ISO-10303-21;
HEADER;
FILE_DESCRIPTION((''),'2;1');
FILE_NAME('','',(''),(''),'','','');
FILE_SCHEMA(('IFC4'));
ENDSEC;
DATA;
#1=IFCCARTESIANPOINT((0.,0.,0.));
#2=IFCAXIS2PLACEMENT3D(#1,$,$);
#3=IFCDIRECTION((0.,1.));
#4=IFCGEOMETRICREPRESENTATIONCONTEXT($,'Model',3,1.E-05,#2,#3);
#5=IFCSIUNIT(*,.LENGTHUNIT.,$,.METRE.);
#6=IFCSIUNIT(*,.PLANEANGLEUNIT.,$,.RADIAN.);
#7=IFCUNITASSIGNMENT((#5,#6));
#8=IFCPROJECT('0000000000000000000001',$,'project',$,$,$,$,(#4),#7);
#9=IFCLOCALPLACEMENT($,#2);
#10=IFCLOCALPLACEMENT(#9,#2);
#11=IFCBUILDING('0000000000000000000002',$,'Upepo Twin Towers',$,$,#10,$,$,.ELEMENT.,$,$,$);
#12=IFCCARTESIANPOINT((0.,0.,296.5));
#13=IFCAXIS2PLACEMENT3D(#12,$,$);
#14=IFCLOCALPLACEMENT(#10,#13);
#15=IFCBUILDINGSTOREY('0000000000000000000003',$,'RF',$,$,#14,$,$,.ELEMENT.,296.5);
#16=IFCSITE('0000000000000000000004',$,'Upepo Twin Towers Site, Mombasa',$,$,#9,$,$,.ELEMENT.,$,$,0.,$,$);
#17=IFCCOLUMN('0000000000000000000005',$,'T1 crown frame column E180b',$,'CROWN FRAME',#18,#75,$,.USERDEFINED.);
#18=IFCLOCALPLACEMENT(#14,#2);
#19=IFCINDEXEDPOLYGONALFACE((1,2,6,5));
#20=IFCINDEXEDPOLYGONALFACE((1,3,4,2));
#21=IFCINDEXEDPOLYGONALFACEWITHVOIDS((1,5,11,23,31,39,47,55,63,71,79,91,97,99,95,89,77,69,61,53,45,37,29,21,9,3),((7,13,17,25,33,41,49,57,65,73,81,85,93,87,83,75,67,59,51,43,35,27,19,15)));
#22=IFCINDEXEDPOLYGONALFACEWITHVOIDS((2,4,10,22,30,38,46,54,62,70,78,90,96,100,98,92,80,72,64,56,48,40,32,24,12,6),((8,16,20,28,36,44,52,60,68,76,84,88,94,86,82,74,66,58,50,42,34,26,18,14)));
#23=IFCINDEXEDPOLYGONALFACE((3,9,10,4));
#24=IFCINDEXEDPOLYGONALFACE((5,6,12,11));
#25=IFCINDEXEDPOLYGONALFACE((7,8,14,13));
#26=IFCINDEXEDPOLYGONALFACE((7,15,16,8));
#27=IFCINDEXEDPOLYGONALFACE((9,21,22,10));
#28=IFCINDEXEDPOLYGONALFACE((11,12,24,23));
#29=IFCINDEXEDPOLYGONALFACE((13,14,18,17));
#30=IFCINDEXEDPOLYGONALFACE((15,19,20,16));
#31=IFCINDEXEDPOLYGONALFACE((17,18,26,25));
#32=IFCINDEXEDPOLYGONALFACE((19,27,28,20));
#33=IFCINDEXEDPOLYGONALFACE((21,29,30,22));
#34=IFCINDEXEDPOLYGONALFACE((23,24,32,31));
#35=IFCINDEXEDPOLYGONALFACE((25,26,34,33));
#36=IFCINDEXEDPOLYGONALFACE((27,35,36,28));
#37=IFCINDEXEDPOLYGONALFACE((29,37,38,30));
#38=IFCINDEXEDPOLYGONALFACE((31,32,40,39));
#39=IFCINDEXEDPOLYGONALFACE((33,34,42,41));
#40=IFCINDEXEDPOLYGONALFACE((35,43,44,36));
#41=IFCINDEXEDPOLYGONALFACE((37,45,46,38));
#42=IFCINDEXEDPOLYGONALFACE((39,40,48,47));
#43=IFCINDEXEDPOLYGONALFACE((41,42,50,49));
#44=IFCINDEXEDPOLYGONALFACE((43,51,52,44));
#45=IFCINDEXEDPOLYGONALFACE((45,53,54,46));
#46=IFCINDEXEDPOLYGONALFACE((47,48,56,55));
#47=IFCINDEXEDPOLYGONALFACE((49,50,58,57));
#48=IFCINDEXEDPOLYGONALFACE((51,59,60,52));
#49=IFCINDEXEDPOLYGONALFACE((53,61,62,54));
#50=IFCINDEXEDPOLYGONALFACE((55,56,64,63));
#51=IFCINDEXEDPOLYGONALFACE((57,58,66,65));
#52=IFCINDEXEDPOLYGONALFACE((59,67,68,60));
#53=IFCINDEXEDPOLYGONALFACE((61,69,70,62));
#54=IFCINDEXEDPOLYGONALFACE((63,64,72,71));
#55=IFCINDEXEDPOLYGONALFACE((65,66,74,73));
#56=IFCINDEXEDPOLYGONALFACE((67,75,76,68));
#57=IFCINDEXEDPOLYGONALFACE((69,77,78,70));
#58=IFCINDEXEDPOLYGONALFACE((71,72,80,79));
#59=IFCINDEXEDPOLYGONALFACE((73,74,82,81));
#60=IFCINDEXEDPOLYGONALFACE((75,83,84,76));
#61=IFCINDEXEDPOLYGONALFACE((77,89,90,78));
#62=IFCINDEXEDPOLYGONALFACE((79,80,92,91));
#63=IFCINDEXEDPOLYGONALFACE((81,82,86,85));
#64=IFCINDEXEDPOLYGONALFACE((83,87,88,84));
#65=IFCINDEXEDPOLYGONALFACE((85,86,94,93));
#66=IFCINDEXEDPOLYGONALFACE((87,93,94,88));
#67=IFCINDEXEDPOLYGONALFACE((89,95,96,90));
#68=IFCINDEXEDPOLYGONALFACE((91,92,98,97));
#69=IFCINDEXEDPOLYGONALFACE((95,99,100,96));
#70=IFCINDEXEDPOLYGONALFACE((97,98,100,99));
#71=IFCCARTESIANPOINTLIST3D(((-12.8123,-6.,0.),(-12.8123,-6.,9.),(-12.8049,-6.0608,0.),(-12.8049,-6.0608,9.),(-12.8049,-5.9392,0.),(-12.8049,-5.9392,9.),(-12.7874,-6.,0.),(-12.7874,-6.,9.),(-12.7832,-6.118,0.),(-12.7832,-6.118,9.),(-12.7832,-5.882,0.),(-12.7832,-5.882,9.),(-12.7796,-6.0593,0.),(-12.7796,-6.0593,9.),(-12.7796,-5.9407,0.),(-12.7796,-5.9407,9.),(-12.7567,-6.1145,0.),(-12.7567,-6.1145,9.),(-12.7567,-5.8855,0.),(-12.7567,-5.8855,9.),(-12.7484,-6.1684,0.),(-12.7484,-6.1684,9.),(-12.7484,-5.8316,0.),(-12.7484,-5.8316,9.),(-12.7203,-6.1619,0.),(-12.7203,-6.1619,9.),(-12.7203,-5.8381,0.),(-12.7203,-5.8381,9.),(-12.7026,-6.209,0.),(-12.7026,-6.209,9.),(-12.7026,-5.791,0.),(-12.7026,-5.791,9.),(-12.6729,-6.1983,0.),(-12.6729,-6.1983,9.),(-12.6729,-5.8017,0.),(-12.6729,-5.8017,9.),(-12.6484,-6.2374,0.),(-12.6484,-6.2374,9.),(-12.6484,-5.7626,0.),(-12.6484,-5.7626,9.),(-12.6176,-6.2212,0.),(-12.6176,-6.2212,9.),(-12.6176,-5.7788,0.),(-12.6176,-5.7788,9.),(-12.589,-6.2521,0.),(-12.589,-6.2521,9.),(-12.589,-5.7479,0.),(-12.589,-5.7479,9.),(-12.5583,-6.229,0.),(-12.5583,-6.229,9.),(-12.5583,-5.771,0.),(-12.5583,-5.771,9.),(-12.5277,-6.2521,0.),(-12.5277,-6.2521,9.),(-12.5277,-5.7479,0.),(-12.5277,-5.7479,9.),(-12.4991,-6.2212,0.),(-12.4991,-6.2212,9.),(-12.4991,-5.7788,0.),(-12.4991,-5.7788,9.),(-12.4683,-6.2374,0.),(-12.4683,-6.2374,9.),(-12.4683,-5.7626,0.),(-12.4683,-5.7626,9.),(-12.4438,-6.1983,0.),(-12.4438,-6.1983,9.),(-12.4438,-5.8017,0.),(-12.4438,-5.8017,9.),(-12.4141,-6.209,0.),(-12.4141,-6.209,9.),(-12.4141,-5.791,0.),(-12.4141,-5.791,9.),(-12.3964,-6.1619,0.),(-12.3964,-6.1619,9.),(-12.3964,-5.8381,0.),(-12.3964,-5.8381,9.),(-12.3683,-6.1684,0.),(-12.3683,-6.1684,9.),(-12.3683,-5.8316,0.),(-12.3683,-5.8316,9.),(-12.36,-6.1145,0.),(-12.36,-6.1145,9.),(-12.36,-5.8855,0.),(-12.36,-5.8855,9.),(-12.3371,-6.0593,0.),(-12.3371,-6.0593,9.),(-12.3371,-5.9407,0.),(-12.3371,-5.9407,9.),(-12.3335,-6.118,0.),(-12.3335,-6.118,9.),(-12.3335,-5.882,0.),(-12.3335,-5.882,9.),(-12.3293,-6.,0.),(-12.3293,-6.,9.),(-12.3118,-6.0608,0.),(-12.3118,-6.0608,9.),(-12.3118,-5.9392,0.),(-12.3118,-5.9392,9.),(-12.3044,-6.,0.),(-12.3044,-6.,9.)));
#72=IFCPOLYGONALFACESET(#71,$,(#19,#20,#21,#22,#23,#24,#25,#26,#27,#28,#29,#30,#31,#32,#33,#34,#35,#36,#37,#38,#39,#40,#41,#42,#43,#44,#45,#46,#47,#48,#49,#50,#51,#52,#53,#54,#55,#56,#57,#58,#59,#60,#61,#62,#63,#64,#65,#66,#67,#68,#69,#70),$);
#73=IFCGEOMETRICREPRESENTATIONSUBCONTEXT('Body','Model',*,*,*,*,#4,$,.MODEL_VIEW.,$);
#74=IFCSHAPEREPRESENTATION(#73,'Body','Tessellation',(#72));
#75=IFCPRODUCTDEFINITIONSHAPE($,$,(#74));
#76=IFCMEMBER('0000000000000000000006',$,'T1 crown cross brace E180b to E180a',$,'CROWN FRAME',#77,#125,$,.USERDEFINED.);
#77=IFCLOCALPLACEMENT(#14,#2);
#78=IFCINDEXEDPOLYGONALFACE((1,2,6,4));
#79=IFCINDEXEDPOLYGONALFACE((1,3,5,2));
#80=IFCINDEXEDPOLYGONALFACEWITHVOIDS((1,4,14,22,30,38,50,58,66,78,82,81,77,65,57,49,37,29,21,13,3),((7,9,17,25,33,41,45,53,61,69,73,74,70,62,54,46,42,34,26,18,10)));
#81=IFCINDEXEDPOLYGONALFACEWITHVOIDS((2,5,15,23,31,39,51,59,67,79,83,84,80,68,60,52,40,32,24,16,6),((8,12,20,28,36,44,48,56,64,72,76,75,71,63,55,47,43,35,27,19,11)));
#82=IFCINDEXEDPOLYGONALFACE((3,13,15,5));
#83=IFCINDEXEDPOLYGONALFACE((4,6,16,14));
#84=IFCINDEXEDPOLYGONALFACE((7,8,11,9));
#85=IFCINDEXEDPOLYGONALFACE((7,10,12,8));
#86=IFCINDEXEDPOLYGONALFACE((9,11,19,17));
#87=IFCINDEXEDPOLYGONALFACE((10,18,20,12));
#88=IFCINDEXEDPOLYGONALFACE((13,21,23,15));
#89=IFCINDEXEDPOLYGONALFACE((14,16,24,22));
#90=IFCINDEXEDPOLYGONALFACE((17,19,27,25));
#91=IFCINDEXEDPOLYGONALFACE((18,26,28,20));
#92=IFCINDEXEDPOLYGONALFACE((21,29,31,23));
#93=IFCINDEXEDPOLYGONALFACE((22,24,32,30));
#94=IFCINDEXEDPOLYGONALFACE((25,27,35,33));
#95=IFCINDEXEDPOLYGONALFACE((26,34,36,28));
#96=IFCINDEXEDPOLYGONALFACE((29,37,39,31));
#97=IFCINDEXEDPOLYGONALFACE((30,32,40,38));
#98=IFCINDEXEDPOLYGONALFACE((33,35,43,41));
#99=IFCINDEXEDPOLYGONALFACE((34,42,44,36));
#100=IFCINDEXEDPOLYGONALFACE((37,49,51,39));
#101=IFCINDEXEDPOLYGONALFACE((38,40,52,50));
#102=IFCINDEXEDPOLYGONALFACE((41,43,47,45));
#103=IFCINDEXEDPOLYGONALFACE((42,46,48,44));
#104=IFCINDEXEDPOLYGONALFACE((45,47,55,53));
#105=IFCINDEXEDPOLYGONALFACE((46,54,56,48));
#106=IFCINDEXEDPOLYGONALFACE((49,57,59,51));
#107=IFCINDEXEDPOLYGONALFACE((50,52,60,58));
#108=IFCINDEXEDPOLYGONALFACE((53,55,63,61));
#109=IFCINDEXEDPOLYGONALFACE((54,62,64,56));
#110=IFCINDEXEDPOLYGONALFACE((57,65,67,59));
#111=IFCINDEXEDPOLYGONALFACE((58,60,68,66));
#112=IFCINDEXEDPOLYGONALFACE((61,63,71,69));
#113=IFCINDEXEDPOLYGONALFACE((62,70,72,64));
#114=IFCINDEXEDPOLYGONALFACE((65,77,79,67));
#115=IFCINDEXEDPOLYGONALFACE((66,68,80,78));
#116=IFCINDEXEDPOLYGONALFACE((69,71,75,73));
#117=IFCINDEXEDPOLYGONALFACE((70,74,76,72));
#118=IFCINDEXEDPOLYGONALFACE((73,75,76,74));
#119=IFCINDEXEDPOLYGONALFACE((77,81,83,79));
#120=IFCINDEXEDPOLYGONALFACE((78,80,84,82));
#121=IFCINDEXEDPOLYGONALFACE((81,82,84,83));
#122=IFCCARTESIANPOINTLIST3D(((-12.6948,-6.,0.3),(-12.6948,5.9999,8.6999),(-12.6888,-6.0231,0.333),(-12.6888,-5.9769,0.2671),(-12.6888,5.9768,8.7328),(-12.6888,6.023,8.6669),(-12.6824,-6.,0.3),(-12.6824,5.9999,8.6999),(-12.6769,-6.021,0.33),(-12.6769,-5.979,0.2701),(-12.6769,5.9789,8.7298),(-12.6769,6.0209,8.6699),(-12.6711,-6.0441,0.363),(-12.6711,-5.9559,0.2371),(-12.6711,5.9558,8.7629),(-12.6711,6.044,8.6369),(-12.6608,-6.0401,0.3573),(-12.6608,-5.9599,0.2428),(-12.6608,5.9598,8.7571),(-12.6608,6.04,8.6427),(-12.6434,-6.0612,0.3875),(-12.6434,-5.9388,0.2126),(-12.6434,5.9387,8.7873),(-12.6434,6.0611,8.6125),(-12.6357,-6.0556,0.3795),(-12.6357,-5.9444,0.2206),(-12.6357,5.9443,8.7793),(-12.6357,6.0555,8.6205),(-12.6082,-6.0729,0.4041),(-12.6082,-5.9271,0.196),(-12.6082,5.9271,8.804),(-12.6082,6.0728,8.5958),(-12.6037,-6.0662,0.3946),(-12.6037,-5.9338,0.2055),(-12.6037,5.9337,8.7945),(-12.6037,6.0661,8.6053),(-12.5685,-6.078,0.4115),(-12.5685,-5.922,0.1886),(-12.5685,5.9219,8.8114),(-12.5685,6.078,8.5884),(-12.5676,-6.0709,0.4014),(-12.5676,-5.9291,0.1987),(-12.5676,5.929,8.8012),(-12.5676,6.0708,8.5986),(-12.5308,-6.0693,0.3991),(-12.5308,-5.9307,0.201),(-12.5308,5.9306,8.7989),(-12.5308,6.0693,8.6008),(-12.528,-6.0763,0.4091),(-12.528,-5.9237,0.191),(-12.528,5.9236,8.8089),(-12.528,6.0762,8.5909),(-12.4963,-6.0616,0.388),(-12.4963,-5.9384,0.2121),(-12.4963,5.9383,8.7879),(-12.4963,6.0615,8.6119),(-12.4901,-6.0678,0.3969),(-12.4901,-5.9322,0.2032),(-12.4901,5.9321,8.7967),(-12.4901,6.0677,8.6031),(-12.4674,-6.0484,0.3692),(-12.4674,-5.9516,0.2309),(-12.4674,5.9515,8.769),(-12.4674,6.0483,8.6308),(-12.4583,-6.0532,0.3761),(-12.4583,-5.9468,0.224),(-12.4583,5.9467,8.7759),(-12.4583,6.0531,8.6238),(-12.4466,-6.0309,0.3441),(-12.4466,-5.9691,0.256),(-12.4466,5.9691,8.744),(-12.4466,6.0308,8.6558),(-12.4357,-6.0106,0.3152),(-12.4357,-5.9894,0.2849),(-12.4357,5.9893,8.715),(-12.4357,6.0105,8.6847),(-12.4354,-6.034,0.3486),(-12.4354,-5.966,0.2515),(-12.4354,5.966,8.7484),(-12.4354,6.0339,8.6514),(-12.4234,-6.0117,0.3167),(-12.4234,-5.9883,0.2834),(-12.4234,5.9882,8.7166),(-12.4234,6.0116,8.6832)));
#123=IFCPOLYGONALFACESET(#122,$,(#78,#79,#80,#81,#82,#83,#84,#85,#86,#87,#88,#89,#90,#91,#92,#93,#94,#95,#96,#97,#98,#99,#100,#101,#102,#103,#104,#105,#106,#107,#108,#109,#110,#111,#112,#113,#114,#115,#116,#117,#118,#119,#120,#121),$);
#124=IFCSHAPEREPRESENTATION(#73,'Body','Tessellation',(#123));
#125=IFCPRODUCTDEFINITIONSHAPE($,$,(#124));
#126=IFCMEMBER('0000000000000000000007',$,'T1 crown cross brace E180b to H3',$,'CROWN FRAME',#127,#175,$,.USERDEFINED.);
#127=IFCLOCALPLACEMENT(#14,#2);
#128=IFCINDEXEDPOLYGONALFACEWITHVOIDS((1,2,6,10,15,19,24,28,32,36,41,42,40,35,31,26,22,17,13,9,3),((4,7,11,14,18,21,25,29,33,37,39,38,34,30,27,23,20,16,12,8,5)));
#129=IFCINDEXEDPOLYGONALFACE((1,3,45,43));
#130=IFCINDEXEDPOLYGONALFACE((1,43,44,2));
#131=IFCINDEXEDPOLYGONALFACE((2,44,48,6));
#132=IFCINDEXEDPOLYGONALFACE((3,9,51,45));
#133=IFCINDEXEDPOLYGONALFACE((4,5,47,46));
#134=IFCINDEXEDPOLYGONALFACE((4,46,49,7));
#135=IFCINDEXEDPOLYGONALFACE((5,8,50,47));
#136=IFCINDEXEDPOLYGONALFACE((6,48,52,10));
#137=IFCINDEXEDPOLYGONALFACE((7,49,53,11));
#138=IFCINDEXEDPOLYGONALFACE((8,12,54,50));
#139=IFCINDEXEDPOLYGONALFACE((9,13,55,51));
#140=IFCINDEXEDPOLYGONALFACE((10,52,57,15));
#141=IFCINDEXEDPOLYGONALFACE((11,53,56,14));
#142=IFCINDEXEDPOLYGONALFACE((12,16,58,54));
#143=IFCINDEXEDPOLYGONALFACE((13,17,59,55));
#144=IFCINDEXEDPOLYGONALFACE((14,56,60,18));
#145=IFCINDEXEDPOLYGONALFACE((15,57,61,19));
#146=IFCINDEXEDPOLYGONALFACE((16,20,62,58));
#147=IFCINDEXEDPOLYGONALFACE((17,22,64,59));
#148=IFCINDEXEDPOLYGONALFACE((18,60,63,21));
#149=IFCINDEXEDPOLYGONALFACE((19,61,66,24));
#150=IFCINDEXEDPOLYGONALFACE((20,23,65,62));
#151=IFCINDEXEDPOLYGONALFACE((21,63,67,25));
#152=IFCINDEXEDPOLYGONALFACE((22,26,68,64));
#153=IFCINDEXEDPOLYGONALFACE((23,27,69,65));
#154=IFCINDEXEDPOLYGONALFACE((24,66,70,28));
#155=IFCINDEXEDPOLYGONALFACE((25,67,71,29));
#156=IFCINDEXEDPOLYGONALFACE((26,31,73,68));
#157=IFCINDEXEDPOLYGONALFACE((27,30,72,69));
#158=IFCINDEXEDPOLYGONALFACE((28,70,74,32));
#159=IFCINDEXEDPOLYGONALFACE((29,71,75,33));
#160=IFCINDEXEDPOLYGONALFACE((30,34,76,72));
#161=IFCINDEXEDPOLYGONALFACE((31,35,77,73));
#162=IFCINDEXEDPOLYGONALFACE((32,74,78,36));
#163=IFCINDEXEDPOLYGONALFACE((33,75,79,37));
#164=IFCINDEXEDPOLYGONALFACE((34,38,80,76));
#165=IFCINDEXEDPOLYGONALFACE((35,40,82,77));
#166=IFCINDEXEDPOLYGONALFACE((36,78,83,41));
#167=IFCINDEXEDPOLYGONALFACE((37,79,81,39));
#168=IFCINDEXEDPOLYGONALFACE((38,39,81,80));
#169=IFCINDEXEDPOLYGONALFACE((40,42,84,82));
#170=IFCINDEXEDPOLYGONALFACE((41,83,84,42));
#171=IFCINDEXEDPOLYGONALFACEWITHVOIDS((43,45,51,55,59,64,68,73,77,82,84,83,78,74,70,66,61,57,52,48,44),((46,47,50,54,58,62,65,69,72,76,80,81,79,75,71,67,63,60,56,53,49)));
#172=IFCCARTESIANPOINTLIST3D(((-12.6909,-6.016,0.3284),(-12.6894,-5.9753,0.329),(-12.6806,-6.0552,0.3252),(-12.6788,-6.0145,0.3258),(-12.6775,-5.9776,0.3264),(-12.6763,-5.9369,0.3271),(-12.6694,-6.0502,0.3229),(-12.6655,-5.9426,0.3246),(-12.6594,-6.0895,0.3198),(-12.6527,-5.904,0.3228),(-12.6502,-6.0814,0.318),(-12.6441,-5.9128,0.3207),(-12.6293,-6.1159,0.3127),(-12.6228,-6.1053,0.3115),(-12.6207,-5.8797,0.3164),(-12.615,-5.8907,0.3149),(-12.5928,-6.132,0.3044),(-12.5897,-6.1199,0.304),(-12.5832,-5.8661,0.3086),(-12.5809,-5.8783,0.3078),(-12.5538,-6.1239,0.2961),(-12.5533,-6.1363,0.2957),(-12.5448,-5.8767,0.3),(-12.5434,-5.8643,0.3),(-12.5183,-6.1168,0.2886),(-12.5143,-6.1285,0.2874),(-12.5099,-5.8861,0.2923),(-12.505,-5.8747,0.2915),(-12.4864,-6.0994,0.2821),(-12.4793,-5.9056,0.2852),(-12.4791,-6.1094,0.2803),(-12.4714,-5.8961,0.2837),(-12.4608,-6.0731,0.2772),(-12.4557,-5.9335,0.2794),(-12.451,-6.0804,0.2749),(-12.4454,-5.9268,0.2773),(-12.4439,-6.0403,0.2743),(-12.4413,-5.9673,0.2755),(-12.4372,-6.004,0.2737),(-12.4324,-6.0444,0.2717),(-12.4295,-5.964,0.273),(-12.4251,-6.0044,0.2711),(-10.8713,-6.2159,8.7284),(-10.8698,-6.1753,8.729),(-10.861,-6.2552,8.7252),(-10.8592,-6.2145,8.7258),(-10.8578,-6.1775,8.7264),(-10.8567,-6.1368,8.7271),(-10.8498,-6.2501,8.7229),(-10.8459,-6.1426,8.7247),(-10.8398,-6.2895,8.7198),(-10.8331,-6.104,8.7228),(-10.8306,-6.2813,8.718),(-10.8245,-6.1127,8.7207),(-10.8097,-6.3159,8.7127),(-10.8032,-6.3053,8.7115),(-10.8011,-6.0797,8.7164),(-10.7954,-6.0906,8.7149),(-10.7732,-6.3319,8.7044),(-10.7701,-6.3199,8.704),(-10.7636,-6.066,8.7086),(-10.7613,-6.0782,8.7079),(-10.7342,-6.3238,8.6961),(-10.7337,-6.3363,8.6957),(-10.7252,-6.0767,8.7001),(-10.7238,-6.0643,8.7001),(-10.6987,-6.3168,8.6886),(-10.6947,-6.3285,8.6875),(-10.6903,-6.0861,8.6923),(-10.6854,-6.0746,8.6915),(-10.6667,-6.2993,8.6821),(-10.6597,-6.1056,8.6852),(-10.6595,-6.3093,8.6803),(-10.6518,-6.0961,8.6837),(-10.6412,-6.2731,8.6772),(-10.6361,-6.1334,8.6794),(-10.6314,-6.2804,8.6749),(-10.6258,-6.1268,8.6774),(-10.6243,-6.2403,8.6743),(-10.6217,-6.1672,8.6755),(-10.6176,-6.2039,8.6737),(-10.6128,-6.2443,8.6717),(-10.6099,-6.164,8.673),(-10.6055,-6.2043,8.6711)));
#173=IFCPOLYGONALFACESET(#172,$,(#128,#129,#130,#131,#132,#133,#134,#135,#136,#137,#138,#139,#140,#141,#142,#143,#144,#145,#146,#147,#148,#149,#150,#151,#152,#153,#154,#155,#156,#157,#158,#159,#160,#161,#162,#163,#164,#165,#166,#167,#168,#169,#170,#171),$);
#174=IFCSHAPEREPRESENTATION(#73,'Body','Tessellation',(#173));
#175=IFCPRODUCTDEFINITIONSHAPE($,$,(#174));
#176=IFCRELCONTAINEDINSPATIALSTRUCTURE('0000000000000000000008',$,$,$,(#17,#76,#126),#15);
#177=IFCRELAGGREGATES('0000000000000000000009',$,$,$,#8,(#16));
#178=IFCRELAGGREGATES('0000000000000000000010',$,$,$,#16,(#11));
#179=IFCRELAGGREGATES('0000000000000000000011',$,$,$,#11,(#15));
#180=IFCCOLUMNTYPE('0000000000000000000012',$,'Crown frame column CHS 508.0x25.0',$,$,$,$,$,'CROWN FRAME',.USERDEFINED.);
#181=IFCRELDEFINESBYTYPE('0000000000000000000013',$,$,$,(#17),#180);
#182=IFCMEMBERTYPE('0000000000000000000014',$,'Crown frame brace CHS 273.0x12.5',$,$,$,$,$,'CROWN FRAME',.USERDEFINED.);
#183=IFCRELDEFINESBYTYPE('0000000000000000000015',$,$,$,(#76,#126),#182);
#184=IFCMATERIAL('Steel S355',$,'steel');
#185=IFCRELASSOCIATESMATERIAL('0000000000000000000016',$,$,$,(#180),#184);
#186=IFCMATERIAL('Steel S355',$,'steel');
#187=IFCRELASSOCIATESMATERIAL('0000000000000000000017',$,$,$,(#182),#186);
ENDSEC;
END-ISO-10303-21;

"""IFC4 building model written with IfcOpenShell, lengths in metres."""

from ifc_helpers import new_model, si_unit, direction, frame, origin, origin_2d, place, context, subcontext, project, spatial, hollow_circle, extrude, material, material_profile, profile_set, type_object, element, save


model = new_model("IFC4")

# Units and contexts
model_context = context("Model", 3, precision=1e-05, world=origin(), true_north=direction((0.0, 1.0)))
body_context = subcontext(model_context, "Body", "Model", "MODEL_VIEW")
ifc_project = project(units=[si_unit("LENGTHUNIT", "METRE"), si_unit("PLANEANGLEUNIT", "RADIAN")], contexts=[model_context])

# Site, building, storey
site_placement = place(None, origin())
site = spatial("IfcSite", under=ifc_project, at=site_placement, Name="Upepo Twin Towers Site, Mombasa", CompositionType="ELEMENT", RefElevation=0.0)
building_placement = place(site_placement, origin())
building = spatial("IfcBuilding", under=site, at=building_placement, Name="Upepo Twin Towers", CompositionType="ELEMENT")
storey_placement = place(building_placement, frame((0.0, 0.0, 296.5)))
storey = spatial("IfcBuildingStorey", under=building, at=storey_placement, Name="RF", CompositionType="ELEMENT", Elevation=296.5)

# Column
ifc_material_1 = material(Name="Steel S355", Category="steel")
ifc_material_profile_1 = material_profile(ifc_material_1, hollow_circle(Radius=0.2539, WallThickness=0.0249, at=origin_2d()), Name="CHS 508.0x25.0")
ifc_profile_set_1 = profile_set([ifc_material_profile_1], Name="Steel S355")
column_type = type_object("IfcColumnType", Name="Crown frame column CHS 508.0x25.0", ElementType="CROWN FRAME", PredefinedType="USERDEFINED", material=ifc_profile_set_1)
column_placement = place(storey_placement, frame((-12.5583, -6.0, 0.0), z_axis=(0.0, 0.0, 1.0), x_axis=(1.0, 0.0, 0.0)))
element("IfcColumn", 1, at=column_placement, inside=storey, type_object=column_type, Name="T1 crown frame column E180b", ObjectType="CROWN FRAME", PredefinedType="USERDEFINED", context=body_context, shape_type="SweptSolid", body=[
    extrude(hollow_circle(Radius=0.2539, WallThickness=0.0249, at=origin_2d()), origin(), (0.0, 0.0, 1.0), 9.0),
])

# Members
ifc_material_2 = material(Name="Steel S355", Category="steel")
ifc_material_profile_2 = material_profile(ifc_material_2, hollow_circle(Radius=0.1365, WallThickness=0.0125, at=origin_2d()), Name="CHS 273.0x12.5")
ifc_profile_set_2 = profile_set([ifc_material_profile_2], Name="Steel S355")
member_type_1 = type_object("IfcMemberType", Name="Crown frame brace CHS 273.0x12.5", ElementType="CROWN FRAME", PredefinedType="USERDEFINED", material=ifc_profile_set_2)
member_1_placement = place(storey_placement, frame((-12.5583, -6.0, 0.3), z_axis=(0.0, 0.819235, 0.573458), x_axis=(-1.0, 0.0, 0.0)))
element("IfcMember", 2, at=member_1_placement, inside=storey, type_object=member_type_1, Name="T1 crown cross brace E180b to E180a", ObjectType="CROWN FRAME", PredefinedType="USERDEFINED", context=body_context, shape_type="SweptSolid", body=[
    extrude(hollow_circle(Radius=0.1365, WallThickness=0.0125, at=origin_2d()), origin(), (0.0, 0.0, 1.0), 14.6477),
])
for number, where, z_axis, x_axis, name in (
    (3, (-12.5583, -6.0, 0.3), (0.211652, -0.023258, 0.977068), (0.109231, 0.994016, 0.0), "T1 crown cross brace E180b to H3"),
):
    element("IfcMember", number, at=place(storey_placement, frame(where, z_axis=z_axis, x_axis=x_axis)), inside=storey, type_object=member_type_1, Name=name, ObjectType="CROWN FRAME", PredefinedType="USERDEFINED", context=body_context, shape_type="SweptSolid", body=[
        extrude(hollow_circle(Radius=0.1365, WallThickness=0.0125, at=origin_2d()), origin(), (0.0, 0.0, 1.0), 8.5972),
    ])

save(model, "model.ifc")
